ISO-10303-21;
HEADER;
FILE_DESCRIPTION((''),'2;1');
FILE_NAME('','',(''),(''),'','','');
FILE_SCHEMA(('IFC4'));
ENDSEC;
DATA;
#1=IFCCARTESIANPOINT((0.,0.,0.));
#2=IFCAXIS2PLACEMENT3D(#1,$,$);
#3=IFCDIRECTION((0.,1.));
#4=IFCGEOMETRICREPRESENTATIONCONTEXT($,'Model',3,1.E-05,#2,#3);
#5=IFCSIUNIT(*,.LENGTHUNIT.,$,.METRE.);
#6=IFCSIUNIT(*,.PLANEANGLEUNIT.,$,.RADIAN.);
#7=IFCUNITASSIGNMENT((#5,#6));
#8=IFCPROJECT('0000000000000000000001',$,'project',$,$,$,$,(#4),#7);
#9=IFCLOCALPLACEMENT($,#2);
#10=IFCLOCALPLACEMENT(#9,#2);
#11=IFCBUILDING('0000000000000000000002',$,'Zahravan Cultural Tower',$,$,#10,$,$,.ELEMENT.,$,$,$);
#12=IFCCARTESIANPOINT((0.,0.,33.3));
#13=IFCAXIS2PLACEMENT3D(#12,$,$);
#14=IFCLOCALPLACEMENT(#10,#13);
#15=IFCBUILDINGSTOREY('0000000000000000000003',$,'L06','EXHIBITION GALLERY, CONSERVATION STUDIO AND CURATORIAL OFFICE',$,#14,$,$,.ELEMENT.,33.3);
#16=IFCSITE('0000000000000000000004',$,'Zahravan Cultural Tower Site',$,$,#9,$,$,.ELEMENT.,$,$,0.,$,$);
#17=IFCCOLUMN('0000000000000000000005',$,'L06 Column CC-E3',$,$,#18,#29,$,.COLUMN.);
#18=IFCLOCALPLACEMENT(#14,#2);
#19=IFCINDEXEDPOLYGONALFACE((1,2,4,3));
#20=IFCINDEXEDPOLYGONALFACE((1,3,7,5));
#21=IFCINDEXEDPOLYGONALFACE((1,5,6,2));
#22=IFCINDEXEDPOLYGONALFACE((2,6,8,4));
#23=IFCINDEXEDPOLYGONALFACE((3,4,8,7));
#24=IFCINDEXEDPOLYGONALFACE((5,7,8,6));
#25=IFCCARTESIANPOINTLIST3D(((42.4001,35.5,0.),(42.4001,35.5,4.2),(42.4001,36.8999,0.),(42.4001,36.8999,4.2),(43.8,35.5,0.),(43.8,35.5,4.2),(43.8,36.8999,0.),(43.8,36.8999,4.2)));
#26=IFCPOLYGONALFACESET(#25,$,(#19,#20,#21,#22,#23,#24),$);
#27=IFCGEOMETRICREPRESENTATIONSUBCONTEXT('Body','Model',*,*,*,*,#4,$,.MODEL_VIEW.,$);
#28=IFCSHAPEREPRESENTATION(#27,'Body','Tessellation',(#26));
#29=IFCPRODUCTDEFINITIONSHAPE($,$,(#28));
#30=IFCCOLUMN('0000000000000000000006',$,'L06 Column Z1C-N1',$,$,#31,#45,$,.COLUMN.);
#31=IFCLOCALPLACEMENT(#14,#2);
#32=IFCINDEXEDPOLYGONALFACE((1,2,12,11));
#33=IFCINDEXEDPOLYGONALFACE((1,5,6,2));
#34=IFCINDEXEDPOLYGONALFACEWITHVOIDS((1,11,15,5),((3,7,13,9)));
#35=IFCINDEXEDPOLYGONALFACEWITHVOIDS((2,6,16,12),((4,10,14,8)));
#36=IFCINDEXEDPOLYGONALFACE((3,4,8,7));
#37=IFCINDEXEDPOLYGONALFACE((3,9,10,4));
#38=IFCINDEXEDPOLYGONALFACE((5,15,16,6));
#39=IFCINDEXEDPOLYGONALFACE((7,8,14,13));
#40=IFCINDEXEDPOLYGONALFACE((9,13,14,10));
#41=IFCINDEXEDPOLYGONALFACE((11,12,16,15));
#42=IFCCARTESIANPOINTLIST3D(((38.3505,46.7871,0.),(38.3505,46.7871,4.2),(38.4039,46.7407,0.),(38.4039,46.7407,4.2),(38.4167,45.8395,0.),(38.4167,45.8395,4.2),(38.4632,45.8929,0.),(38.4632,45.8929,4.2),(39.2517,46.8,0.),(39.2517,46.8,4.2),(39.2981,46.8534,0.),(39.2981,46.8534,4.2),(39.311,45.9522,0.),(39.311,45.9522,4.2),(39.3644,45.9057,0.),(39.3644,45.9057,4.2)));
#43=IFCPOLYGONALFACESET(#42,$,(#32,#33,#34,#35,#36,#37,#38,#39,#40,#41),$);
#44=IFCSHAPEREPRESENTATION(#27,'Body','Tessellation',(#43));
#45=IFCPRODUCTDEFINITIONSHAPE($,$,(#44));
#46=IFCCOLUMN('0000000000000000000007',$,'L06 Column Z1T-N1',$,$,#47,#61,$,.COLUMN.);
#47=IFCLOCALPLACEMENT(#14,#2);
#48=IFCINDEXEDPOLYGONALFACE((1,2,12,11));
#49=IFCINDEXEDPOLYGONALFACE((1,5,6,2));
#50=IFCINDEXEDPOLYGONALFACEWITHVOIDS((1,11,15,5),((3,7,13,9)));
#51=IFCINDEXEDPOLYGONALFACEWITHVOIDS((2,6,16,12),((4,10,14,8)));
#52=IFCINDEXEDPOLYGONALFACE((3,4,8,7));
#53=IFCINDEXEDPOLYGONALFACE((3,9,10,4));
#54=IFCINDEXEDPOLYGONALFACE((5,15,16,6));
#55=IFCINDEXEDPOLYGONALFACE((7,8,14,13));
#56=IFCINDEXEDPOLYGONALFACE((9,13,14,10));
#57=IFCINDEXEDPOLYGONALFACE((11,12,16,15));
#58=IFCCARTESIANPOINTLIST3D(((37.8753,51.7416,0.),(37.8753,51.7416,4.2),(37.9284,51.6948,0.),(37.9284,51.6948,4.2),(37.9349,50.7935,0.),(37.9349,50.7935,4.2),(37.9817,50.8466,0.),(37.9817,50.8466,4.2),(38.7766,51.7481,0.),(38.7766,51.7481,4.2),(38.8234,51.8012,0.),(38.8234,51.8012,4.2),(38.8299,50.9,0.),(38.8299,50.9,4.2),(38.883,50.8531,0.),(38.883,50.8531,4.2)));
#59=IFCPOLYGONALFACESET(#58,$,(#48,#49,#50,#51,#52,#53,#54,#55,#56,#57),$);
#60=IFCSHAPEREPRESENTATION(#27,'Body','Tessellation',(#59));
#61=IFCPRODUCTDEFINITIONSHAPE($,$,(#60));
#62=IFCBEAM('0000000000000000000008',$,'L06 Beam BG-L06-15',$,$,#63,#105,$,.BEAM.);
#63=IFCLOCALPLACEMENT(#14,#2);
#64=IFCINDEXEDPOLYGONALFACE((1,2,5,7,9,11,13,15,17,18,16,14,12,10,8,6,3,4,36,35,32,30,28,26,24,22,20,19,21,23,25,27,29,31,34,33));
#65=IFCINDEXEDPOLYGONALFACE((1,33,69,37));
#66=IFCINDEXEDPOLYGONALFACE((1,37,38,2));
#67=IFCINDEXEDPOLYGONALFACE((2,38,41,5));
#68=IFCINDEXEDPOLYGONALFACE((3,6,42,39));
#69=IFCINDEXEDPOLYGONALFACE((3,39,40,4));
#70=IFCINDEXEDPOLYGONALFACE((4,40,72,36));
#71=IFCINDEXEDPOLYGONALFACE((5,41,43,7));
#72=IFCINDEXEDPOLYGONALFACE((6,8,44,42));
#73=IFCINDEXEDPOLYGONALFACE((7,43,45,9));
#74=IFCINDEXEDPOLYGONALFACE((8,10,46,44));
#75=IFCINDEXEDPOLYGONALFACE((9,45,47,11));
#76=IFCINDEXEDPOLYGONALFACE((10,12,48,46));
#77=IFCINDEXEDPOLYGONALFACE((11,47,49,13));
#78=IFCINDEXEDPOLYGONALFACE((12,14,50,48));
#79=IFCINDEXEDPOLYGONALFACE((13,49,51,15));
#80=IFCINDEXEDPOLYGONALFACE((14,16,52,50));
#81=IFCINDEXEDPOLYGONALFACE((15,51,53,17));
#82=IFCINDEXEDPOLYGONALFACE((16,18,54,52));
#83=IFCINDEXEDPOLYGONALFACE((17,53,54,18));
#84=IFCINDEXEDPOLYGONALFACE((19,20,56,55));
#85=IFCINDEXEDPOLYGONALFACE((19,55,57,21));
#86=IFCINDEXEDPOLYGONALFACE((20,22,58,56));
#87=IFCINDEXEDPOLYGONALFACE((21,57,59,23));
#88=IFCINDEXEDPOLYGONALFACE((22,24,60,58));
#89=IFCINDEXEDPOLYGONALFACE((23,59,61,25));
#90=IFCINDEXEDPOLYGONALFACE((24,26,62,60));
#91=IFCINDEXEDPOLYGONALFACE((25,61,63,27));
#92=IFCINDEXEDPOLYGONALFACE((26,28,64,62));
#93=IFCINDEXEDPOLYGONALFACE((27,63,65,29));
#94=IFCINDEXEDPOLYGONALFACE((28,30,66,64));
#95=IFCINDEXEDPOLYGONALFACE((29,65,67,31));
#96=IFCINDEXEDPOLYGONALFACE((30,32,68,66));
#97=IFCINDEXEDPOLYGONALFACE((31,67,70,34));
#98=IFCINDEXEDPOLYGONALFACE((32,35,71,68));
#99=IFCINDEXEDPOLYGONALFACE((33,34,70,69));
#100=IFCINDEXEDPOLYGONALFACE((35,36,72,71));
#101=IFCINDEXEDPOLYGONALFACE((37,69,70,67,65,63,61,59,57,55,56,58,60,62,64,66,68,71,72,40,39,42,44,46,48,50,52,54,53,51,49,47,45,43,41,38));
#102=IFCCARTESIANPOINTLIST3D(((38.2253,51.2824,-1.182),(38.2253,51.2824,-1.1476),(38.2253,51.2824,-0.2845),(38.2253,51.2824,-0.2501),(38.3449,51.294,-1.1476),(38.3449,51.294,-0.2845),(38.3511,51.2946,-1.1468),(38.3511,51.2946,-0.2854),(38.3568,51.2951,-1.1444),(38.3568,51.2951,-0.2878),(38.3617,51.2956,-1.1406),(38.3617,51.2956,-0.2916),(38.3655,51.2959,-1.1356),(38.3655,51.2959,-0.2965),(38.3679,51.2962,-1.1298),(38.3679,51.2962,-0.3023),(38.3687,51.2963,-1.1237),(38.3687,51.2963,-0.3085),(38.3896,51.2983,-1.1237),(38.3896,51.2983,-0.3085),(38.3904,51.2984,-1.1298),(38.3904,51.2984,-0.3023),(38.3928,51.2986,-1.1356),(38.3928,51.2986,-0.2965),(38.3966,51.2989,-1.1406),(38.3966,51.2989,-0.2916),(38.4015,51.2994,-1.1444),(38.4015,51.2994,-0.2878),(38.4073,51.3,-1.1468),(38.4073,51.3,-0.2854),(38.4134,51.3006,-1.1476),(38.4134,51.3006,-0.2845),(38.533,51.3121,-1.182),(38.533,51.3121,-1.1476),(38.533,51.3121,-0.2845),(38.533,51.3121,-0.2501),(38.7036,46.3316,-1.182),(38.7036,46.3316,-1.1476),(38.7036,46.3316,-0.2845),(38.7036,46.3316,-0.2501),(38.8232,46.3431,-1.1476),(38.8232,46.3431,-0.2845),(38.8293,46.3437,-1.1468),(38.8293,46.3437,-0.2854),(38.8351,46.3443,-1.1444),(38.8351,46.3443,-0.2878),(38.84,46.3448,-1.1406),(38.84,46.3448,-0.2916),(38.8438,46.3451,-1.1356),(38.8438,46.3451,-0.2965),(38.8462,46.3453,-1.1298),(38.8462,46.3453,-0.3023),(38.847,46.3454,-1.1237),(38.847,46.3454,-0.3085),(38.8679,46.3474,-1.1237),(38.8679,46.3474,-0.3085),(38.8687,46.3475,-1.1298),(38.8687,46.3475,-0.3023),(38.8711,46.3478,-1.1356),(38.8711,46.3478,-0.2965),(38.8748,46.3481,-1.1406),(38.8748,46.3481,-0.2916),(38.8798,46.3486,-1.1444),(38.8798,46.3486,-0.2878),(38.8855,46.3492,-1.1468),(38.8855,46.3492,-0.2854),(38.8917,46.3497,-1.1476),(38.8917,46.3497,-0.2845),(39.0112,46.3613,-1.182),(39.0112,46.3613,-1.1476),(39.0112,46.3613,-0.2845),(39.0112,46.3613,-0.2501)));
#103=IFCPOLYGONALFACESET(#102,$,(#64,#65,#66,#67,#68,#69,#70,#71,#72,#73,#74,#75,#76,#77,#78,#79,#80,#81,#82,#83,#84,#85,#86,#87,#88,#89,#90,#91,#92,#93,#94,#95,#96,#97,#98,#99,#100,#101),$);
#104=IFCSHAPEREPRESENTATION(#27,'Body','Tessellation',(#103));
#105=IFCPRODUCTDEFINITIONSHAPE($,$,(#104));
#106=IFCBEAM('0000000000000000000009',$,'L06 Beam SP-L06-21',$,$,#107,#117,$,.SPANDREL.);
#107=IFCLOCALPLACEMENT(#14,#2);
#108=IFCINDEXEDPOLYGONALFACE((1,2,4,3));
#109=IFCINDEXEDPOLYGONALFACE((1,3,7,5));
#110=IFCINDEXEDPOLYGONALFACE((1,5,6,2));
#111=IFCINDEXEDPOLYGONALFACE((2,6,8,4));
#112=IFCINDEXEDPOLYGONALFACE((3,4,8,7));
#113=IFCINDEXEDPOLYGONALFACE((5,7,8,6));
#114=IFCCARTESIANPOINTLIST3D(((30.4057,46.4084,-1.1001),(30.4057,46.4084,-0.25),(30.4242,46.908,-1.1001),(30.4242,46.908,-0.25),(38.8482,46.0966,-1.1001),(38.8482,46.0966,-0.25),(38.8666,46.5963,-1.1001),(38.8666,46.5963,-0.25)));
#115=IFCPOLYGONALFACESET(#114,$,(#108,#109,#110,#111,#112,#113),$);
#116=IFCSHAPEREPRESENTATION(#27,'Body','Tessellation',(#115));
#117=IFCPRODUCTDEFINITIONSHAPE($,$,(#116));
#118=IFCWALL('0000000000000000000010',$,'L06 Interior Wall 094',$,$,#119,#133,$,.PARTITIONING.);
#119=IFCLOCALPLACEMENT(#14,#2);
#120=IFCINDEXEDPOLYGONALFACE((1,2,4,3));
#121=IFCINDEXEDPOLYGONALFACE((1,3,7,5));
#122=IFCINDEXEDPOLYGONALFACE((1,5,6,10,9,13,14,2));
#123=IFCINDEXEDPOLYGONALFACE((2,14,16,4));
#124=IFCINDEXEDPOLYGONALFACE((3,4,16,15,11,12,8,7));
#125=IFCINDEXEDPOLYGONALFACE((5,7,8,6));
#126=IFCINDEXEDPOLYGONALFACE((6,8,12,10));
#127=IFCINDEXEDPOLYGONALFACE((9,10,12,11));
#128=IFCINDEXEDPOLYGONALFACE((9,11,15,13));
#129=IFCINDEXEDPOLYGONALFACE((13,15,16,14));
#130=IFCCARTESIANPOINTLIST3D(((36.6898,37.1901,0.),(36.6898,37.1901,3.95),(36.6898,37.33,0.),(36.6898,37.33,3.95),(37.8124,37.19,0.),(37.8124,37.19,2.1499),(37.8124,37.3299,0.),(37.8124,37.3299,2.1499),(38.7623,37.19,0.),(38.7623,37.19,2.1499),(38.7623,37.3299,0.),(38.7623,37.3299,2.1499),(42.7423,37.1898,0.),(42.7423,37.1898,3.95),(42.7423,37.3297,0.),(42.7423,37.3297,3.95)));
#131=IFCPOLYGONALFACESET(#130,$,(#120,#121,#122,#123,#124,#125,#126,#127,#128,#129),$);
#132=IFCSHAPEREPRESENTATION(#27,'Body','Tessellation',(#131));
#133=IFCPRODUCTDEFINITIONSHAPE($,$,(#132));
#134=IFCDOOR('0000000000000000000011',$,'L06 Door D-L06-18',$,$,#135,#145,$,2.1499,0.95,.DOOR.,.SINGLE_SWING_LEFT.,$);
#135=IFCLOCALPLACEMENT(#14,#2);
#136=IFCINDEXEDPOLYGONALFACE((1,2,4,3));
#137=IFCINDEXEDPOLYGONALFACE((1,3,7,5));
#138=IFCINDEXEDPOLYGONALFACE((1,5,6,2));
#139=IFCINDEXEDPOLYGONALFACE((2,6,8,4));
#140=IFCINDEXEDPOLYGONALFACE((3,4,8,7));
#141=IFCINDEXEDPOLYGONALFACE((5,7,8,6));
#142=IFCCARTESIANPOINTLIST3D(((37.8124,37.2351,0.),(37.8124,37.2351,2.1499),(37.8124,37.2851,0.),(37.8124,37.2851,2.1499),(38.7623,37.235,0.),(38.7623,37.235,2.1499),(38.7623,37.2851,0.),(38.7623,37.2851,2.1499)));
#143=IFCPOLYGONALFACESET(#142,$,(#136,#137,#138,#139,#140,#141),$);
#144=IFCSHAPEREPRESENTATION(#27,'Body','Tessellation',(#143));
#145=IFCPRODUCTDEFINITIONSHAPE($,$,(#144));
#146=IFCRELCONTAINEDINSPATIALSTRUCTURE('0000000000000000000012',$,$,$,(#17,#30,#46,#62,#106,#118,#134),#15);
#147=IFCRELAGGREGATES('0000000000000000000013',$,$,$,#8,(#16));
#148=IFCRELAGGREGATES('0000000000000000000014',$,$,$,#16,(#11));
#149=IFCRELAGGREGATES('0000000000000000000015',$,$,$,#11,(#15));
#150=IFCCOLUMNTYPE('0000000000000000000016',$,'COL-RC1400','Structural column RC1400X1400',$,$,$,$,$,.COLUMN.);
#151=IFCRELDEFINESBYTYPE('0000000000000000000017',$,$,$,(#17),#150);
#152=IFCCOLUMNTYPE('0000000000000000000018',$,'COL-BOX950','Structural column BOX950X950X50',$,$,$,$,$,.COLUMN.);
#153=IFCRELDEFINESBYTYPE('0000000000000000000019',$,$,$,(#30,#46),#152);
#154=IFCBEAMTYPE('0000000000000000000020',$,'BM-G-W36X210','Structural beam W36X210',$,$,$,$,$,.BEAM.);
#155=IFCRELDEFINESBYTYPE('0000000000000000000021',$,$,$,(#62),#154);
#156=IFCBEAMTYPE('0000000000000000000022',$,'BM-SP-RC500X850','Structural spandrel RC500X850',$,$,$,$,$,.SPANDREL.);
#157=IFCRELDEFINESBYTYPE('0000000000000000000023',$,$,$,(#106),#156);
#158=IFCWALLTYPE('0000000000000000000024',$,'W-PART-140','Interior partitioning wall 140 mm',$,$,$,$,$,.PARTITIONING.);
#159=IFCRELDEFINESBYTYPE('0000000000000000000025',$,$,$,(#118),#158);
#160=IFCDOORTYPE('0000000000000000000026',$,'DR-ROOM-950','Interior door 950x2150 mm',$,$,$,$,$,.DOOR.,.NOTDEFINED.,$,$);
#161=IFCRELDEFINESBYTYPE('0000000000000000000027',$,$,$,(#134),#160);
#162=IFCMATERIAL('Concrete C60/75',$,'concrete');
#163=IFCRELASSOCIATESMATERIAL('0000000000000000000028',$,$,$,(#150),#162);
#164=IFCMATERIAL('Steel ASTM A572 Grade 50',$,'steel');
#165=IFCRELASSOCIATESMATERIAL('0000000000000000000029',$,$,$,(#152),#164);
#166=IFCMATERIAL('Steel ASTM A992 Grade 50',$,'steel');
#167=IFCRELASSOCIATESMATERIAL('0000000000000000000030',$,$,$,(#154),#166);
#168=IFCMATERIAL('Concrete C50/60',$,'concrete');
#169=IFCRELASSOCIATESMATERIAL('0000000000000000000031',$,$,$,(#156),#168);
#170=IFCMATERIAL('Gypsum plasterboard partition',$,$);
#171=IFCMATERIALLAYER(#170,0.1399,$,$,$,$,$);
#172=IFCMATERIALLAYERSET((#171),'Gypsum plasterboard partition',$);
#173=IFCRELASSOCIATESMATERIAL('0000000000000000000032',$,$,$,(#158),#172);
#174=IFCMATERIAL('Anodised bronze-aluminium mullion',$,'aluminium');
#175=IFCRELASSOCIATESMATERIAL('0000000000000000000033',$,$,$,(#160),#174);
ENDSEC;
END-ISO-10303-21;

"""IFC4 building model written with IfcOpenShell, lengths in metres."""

from ifc_helpers import new_model, si_unit, direction, frame, frame_2d, origin, origin_2d, place, context, subcontext, project, spatial, rectangle, hollow_rectangle, i_section, extrude, source, transform, mapped, material, layer, layer_set, material_profile, profile_set, type_object, element, fill, save


model = new_model("IFC4")

# Units and contexts
model_context = context("Model", 3, precision=1e-05, world=origin(), true_north=direction((0.0, 1.0)))
body_context = subcontext(model_context, "Body", "Model", "MODEL_VIEW")
ifc_project = project(units=[si_unit("LENGTHUNIT", "METRE"), si_unit("PLANEANGLEUNIT", "RADIAN")], contexts=[model_context])

# Site, building, storey
site_placement = place(None, origin())
site = spatial("IfcSite", under=ifc_project, at=site_placement, Name="Zahravan Cultural Tower Site", CompositionType="ELEMENT", RefElevation=0.0)
building_placement = place(site_placement, origin())
building = spatial("IfcBuilding", under=site, at=building_placement, Name="Zahravan Cultural Tower", CompositionType="ELEMENT")
storey_placement = place(building_placement, frame((0.0, 0.0, 33.3)))
storey = spatial("IfcBuildingStorey", under=building, at=storey_placement, Name="L06", Description="EXHIBITION GALLERY, CONSERVATION STUDIO AND CURATORIAL OFFICE", CompositionType="ELEMENT", Elevation=33.3)

# Columns
ifc_material_1 = material(Name="Concrete C60/75", Category="concrete")
ifc_material_profile_1 = material_profile(ifc_material_1, rectangle(XDim=1.3999, YDim=1.3999, at=origin_2d()), Name="RC1400X1400")
ifc_profile_set_1 = profile_set([ifc_material_profile_1], Name="Concrete C60/75")
column_type_1 = type_object("IfcColumnType", Name="COL-RC1400", Description="Structural column RC1400X1400", PredefinedType="COLUMN", material=ifc_profile_set_1)
shared_shape_1 = source(origin(), body_context, "Body", "SweptSolid", [
    extrude(rectangle(XDim=1.3999, YDim=1.3999, at=origin_2d()), origin(), (0.0, 0.0, 1.0), 4.2),
])
column_placement = place(storey_placement, frame((43.1001, 36.2, 0.0), z_axis=(0.0, 0.0, 1.0), x_axis=(1.0, 0.0, 0.0)))
element("IfcColumn", 1, at=column_placement, inside=storey, type_object=column_type_1, Name="L06 Column CC-E3", PredefinedType="COLUMN", context=body_context, shape_type="MappedRepresentation", body=[
    mapped(shared_shape_1, transform((0.0, 0.0, 0.0), x_axis=(1.0, 0.0, 0.0), y_axis=(0.0, 1.0, 0.0), z_axis=(0.0, 0.0, 1.0), scale=1.0)),
])
ifc_material_2 = material(Name="Steel ASTM A572 Grade 50", Category="steel")
ifc_material_profile_2 = material_profile(ifc_material_2, hollow_rectangle(XDim=0.95, YDim=0.95, WallThickness=0.05, at=origin_2d()), Name="BOX950X950X50")
ifc_profile_set_2 = profile_set([ifc_material_profile_2], Name="Steel ASTM A572 Grade 50")
column_type_2 = type_object("IfcColumnType", Name="COL-BOX950", Description="Structural column BOX950X950X50", PredefinedType="COLUMN", material=ifc_profile_set_2)
shared_shape_2 = source(origin(), body_context, "Body", "SweptSolid", [
    extrude(hollow_rectangle(XDim=0.95, YDim=0.95, WallThickness=0.05, at=origin_2d()), origin(), (0.0, 0.0, 1.0), 4.2),
])
for number, where, z_axis, x_axis, name in (
    (2, (38.8574, 46.3464, 0.0), (0.0, 0.0, 1.0), (-0.069756, 0.997564, 0.0), "L06 Column Z1C-N1"),
    (3, (38.3792, 51.2974, 0.0), (0.0, 0.0, 1.0), (-0.062791, 0.998027, 0.0), "L06 Column Z1T-N1"),
):
    element("IfcColumn", number, at=place(storey_placement, frame(where, z_axis=z_axis, x_axis=x_axis)), inside=storey, type_object=column_type_2, Name=name, PredefinedType="COLUMN", context=body_context, shape_type="MappedRepresentation", body=[
        mapped(shared_shape_2, transform((0.0, 0.0, 0.0), x_axis=(1.0, 0.0, 0.0), y_axis=(0.0, 1.0, 0.0), z_axis=(0.0, 0.0, 1.0), scale=1.0)),
    ])

# Beams
ifc_material_3 = material(Name="Steel ASTM A992 Grade 50", Category="steel")
ifc_material_profile_3 = material_profile(ifc_material_3, i_section(OverallWidth=0.3091, OverallDepth=0.9319, WebThickness=0.021, FlangeThickness=0.0344, FilletRadius=0.0239, at=origin_2d()), Name="W36X210")
ifc_profile_set_3 = profile_set([ifc_material_profile_3], Name="Steel ASTM A992 Grade 50")
beam_type_1 = type_object("IfcBeamType", Name="BM-G-W36X210", Description="Structural beam W36X210", PredefinedType="BEAM", material=ifc_profile_set_3)
shared_shape_3 = source(origin(), body_context, "Body", "SweptSolid", [
    extrude(i_section(OverallWidth=0.3091, OverallDepth=0.9319, WebThickness=0.021, FlangeThickness=0.0344, FilletRadius=0.0239, at=origin_2d()), origin(), (0.0, 0.0, 1.0), 4.9739),
])
beam_1_placement = place(storey_placement, frame((38.8574, 46.3464, -0.7161), z_axis=(-0.096155, 0.995366, 0.0), x_axis=(-0.995366, -0.096155, 0.0)))
element("IfcBeam", 4, at=beam_1_placement, inside=storey, type_object=beam_type_1, Name="L06 Beam BG-L06-15", PredefinedType="BEAM", context=body_context, shape_type="MappedRepresentation", body=[
    mapped(shared_shape_3, transform((0.0, 0.0, 0.0), x_axis=(1.0, 0.0, 0.0), y_axis=(0.0, 1.0, 0.0), z_axis=(0.0, 0.0, 1.0), scale=1.0)),
])
ifc_material_4 = material(Name="Concrete C50/60", Category="concrete")
ifc_material_profile_4 = material_profile(ifc_material_4, rectangle(XDim=0.5, YDim=0.8501, at=origin_2d()), Name="RC500X850")
ifc_profile_set_4 = profile_set([ifc_material_profile_4], Name="Concrete C50/60")
beam_type_2 = type_object("IfcBeamType", Name="BM-SP-RC500X850", Description="Structural spandrel RC500X850", PredefinedType="SPANDREL", material=ifc_profile_set_4)
shared_shape_4 = source(origin(), body_context, "Body", "SweptSolid", [
    extrude(rectangle(XDim=0.5, YDim=0.8501, at=origin_2d()), origin(), (0.0, 0.0, 1.0), 8.4482),
])
beam_2_placement = place(storey_placement, frame((38.8574, 46.3464, -0.675), z_axis=(-0.999319, 0.036904, 0.0), x_axis=(-0.036904, -0.999319, 0.0)))
element("IfcBeam", 5, at=beam_2_placement, inside=storey, type_object=beam_type_2, Name="L06 Beam SP-L06-21", PredefinedType="SPANDREL", context=body_context, shape_type="MappedRepresentation", body=[
    mapped(shared_shape_4, transform((0.0, 0.0, 0.0), x_axis=(1.0, 0.0, 0.0), y_axis=(0.0, 1.0, 0.0), z_axis=(0.0, 0.0, 1.0), scale=1.0)),
])

# Wall, opening, door
ifc_material_5 = material(Name="Gypsum plasterboard partition")
ifc_layer_1 = layer(ifc_material_5, 0.1399)
ifc_layer_set_1 = layer_set([ifc_layer_1], Name="Gypsum plasterboard partition")
wall_type_1 = type_object("IfcWallType", Name="W-PART-140", Description="Interior partitioning wall 140 mm", PredefinedType="PARTITIONING", material=ifc_layer_set_1)
wall_1_placement = place(storey_placement, frame((42.7424, 37.2598, 0.0), z_axis=(0.0, 0.0, 1.0), x_axis=(-1.0, 0.00004, 0.0)))
wall_1 = element("IfcWall", 6, at=wall_1_placement, inside=storey, type_object=wall_type_1, Name="L06 Interior Wall 094", PredefinedType="PARTITIONING", context=body_context, shape_type="SweptSolid", body=[
    extrude(rectangle(XDim=6.0525, YDim=0.1399, at=frame_2d((3.0264, 0.0))), origin(), (0.0, 0.0, 1.0), 3.95),
])
opening_1_placement = place(wall_1_placement, frame((3.98, 0.0, 0.0)))
opening_1 = element("IfcOpeningElement", 7, at=opening_1_placement, cuts=wall_1, PredefinedType="OPENING", context=body_context, shape_type="SweptSolid", body=[
    extrude(rectangle(XDim=0.95, YDim=2.1499, at=frame_2d((0.4751, 1.075))), frame((0.0, 0.0798, 0.0), z_axis=(0.0, -1.0, 0.0), x_axis=(1.0, 0.0, 0.0)), (0.0, 0.0, 1.0), 0.1599),
])
ifc_material_6 = material(Name="Anodised bronze-aluminium mullion", Category="aluminium")
door_type_1 = type_object("IfcDoorType", Name="DR-ROOM-950", Description="Interior door 950x2150 mm", OperationType="NOTDEFINED", PredefinedType="DOOR", material=ifc_material_6)
shared_shape_5 = source(origin(), body_context, "Body", "SweptSolid", [
    extrude(rectangle(XDim=0.95, YDim=2.1499, at=frame_2d((0.4751, 1.075))), frame((0.0, 0.0249, 0.0), z_axis=(0.0, -1.0, 0.0), x_axis=(1.0, 0.0, 0.0)), (0.0, 0.0, 1.0), 0.05),
])
door_1_placement = place(opening_1_placement, origin())
door_1 = element("IfcDoor", 8, at=door_1_placement, inside=storey, type_object=door_type_1, Name="L06 Door D-L06-18", OperationType="SINGLE_SWING_LEFT", OverallHeight=2.1499, OverallWidth=0.95, PredefinedType="DOOR", context=body_context, shape_type="MappedRepresentation", body=[
    mapped(shared_shape_5, transform((0.0, 0.0, 0.0), x_axis=(1.0, 0.0, 0.0), y_axis=(0.0, 1.0, 0.0), z_axis=(0.0, 0.0, 1.0), scale=1.0)),
])
fill(opening_1, door_1)

save(model, "model.ifc")
